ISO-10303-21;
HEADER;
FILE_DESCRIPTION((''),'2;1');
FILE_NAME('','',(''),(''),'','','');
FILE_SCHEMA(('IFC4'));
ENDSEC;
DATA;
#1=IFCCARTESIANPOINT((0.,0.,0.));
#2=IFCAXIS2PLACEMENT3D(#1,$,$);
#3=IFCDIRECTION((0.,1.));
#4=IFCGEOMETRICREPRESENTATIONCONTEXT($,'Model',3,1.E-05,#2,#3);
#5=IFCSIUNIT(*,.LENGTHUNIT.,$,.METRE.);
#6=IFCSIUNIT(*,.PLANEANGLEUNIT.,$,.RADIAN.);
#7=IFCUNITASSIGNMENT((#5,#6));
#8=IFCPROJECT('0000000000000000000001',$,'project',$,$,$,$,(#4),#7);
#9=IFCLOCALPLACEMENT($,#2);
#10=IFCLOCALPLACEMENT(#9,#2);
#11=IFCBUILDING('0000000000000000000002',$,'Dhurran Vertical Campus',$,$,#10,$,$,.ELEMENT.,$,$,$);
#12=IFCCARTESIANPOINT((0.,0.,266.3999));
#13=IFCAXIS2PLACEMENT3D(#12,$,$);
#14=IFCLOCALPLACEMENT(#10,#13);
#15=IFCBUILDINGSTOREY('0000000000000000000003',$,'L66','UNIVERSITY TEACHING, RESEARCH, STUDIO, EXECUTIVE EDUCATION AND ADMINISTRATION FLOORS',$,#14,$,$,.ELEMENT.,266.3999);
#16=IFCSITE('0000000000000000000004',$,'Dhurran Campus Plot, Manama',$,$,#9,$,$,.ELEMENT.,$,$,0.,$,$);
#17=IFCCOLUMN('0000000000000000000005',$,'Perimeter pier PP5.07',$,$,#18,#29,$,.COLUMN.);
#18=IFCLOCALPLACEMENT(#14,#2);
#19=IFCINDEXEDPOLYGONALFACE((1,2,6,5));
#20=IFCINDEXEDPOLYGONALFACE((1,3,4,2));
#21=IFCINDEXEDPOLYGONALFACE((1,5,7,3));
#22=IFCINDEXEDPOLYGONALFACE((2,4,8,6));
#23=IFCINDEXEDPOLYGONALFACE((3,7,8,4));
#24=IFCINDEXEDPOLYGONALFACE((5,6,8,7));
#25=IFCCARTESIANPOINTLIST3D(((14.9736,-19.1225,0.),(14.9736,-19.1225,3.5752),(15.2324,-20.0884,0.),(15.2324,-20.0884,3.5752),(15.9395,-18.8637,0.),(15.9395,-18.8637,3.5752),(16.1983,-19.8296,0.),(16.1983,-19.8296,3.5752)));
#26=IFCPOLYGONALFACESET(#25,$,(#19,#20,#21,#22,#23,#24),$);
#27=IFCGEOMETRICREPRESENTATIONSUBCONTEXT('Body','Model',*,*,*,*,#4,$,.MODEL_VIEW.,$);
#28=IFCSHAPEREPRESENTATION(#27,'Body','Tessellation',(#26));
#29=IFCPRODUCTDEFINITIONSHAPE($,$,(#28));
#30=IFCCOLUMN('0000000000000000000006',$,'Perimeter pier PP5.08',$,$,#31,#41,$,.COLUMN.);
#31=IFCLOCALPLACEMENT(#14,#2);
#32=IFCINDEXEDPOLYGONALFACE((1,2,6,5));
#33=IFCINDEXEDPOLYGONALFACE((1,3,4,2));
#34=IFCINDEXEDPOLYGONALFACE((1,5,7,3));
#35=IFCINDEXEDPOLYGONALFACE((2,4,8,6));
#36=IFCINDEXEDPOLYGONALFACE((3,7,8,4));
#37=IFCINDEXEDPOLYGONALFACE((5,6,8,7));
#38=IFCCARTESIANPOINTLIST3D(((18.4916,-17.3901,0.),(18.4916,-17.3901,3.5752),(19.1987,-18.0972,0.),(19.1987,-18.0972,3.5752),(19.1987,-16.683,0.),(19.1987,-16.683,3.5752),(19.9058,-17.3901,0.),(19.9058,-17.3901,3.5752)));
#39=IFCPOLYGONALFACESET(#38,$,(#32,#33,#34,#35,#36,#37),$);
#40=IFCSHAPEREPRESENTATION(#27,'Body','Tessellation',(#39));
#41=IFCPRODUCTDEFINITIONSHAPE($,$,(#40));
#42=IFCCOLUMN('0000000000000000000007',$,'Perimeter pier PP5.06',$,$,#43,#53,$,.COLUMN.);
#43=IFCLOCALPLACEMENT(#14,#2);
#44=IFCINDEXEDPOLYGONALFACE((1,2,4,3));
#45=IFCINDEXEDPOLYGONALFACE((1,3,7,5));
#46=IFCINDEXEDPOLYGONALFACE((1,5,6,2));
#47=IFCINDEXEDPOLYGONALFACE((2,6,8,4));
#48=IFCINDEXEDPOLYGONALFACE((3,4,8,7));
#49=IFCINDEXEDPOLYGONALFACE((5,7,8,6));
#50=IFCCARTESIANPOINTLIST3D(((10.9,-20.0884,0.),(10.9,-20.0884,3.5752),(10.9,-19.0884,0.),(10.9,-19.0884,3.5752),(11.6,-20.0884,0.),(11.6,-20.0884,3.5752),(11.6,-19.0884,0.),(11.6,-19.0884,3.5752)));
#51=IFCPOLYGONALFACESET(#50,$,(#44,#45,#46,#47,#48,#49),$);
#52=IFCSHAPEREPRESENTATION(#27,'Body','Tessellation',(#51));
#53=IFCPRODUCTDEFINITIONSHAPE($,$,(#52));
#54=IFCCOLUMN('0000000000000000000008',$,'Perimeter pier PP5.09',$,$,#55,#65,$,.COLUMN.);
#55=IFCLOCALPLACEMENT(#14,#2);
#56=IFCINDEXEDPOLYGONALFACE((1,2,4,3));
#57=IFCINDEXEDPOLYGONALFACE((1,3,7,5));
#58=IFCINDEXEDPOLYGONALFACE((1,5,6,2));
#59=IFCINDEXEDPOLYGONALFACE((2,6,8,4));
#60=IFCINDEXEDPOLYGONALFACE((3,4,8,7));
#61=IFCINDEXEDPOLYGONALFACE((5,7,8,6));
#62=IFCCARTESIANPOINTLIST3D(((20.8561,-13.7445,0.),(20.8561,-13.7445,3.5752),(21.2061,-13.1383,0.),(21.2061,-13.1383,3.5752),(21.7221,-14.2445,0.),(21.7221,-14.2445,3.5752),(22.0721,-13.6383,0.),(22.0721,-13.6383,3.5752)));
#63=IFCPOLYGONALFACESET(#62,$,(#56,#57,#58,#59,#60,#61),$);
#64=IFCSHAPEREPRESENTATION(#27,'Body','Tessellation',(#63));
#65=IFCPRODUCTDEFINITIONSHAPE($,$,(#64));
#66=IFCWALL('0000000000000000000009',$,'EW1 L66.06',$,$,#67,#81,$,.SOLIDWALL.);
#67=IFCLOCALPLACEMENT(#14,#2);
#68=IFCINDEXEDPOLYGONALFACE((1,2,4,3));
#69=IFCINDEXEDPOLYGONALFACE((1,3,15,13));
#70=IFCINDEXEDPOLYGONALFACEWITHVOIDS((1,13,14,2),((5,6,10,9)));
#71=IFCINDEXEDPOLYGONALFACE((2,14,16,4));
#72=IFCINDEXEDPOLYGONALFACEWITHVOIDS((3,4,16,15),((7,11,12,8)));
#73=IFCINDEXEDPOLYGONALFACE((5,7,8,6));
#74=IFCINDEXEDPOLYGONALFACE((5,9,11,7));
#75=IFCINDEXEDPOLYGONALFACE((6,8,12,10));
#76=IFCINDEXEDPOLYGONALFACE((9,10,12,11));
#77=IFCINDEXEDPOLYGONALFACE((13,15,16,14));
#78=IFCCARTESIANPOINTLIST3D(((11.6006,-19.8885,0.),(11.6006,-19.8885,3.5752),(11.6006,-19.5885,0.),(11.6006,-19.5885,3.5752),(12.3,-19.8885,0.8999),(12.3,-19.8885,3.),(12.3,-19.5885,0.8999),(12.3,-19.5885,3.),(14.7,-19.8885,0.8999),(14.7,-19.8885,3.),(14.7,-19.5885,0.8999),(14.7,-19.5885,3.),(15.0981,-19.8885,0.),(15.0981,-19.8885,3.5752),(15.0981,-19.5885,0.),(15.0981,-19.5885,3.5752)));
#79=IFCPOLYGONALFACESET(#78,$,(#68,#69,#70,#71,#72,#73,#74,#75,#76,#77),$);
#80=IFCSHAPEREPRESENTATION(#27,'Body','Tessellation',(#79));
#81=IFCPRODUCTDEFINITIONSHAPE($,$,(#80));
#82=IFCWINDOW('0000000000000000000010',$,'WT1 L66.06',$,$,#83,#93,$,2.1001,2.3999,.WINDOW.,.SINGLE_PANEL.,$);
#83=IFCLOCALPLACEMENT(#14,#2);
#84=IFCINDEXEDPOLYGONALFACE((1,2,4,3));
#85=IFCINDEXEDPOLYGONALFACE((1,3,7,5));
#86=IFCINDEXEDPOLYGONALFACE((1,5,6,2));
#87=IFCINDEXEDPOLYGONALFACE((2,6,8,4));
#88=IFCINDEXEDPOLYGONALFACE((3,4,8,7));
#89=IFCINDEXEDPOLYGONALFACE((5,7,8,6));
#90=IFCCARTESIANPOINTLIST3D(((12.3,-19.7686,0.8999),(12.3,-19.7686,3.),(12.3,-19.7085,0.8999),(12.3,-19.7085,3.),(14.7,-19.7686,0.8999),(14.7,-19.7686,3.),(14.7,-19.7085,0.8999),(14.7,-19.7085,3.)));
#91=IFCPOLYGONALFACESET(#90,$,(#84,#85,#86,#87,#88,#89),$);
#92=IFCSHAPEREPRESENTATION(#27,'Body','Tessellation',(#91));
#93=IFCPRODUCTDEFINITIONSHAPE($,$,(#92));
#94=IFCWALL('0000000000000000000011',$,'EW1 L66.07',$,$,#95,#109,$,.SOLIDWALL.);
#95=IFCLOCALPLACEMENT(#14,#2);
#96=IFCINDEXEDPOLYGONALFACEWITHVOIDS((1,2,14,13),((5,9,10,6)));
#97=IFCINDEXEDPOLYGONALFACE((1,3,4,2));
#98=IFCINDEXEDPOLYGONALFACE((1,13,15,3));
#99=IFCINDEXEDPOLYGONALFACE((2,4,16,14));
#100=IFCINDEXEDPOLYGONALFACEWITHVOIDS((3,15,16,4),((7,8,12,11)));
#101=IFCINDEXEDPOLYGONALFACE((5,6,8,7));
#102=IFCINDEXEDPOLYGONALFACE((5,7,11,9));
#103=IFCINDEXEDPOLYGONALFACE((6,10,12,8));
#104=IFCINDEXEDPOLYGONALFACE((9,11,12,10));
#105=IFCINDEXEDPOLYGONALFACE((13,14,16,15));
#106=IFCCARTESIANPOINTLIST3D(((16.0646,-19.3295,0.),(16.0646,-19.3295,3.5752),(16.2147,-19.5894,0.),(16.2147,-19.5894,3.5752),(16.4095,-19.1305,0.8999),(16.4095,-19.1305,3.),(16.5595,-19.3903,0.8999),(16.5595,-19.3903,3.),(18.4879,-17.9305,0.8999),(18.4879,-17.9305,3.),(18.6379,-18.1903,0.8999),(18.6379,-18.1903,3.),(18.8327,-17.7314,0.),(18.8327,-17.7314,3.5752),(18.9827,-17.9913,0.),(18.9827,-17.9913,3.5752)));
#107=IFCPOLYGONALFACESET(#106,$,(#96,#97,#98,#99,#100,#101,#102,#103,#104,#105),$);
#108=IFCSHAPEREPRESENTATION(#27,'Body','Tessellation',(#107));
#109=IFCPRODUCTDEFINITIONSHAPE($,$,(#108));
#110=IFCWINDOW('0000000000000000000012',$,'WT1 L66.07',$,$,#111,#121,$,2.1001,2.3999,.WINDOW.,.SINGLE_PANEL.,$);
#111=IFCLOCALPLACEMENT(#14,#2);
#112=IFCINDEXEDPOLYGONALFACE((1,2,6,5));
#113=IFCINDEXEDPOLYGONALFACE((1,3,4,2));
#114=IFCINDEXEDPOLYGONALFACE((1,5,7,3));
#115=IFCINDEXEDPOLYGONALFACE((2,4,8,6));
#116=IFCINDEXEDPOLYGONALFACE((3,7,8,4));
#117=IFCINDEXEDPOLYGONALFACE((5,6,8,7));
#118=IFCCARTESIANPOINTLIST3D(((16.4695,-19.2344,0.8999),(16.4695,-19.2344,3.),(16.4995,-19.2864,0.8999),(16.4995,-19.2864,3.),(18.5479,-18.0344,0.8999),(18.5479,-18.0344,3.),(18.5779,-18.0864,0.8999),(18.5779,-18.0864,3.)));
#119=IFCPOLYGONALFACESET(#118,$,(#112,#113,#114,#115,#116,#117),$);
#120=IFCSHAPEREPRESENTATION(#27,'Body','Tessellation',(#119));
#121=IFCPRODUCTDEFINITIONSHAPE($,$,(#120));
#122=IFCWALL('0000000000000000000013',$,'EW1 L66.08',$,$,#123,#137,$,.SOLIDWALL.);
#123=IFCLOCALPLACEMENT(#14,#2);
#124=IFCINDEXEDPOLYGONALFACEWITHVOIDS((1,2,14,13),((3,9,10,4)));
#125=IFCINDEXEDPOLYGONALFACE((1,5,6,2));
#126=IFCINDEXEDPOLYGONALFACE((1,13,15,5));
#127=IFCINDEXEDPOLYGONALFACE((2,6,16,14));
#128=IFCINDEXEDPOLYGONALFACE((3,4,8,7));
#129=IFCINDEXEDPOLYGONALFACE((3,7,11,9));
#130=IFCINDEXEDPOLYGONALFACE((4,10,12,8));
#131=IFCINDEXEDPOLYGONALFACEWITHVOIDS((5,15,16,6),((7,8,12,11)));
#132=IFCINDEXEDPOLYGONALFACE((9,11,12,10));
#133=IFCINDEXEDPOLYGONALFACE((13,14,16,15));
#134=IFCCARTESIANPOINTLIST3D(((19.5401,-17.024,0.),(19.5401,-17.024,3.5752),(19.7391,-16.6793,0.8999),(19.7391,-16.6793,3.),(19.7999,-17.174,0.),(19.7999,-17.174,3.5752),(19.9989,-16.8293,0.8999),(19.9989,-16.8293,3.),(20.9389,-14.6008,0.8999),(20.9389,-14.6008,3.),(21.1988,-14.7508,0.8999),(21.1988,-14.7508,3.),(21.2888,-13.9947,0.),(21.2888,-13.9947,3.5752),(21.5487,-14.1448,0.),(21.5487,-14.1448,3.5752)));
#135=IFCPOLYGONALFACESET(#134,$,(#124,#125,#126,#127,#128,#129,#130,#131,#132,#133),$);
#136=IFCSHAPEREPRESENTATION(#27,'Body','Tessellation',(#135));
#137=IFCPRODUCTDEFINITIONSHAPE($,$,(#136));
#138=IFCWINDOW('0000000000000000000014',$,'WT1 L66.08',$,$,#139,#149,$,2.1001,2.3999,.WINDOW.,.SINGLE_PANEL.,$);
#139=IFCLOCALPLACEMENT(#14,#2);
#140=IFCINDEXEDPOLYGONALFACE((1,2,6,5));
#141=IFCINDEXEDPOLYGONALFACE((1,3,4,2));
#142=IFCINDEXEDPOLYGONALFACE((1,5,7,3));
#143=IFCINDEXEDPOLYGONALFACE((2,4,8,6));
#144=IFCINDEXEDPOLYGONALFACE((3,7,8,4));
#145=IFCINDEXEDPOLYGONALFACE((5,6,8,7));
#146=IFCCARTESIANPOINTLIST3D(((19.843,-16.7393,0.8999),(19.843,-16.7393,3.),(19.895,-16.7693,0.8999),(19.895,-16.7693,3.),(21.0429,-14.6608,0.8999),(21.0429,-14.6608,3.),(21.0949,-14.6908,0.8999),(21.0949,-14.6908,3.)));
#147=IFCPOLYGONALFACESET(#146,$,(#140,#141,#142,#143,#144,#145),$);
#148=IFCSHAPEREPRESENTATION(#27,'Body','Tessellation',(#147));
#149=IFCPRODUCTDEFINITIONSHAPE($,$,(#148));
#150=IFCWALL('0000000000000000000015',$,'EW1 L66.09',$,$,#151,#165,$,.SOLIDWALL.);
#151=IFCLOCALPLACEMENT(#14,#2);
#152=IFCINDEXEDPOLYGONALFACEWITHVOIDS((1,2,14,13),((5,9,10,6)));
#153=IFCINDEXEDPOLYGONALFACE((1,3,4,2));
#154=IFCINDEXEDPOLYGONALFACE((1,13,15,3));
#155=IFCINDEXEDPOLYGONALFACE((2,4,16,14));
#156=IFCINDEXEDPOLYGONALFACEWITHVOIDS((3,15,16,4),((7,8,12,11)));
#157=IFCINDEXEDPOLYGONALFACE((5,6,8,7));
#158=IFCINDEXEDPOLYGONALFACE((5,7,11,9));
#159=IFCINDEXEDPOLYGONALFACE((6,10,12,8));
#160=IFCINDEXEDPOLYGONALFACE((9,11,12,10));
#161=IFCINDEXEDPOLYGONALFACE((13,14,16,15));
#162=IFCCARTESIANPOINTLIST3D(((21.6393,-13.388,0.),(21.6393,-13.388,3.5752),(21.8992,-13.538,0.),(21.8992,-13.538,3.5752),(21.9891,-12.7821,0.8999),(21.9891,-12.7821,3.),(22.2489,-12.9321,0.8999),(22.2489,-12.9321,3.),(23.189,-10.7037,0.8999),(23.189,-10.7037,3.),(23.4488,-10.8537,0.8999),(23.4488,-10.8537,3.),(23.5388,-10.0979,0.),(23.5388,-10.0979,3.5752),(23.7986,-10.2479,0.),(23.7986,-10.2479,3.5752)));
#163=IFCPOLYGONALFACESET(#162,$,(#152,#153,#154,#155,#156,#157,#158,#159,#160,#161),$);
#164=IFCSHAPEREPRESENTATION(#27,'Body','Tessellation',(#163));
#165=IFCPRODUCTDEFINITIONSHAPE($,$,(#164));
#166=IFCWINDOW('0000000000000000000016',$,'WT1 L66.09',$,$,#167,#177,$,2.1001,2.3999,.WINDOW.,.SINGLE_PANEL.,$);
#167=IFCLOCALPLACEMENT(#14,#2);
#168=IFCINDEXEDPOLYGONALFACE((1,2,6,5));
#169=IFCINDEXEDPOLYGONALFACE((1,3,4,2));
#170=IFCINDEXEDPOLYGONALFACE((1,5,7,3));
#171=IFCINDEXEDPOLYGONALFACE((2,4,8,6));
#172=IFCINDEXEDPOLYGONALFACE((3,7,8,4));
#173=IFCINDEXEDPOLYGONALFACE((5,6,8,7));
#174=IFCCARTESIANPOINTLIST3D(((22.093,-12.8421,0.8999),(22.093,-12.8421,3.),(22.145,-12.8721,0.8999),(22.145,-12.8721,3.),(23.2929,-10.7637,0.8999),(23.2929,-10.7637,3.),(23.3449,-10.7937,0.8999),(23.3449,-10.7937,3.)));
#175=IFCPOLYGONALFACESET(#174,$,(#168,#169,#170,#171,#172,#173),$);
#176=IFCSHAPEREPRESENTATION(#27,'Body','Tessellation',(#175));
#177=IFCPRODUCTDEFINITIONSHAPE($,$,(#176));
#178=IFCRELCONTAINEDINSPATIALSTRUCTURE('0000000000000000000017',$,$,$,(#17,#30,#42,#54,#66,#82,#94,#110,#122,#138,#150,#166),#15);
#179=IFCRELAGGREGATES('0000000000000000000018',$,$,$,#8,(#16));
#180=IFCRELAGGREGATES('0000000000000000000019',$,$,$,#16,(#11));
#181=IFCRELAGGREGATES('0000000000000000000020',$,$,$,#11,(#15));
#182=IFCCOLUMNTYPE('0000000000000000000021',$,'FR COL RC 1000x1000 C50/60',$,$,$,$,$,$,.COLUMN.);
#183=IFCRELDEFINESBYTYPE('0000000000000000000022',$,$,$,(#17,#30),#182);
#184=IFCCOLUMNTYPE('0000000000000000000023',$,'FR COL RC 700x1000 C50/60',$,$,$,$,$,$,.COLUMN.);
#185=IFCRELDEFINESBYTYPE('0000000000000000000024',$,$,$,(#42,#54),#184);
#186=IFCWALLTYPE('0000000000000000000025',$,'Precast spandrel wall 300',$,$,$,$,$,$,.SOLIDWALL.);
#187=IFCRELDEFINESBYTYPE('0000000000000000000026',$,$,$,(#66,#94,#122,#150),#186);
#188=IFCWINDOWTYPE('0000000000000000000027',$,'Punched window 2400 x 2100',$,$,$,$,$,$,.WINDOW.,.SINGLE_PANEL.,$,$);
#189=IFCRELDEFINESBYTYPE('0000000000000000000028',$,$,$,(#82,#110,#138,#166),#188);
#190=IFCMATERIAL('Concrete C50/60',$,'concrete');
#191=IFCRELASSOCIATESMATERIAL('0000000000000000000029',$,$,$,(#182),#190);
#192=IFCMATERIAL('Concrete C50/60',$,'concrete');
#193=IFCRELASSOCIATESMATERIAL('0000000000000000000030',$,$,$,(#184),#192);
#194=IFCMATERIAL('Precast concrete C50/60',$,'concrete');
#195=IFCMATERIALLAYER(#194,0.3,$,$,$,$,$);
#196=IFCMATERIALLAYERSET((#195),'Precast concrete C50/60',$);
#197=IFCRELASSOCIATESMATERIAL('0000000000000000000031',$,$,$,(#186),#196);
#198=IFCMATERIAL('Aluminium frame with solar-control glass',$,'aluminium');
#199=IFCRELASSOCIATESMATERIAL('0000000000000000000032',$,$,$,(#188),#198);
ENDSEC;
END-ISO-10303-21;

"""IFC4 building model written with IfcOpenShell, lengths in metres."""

from ifc_helpers import new_model, si_unit, direction, frame, frame_2d, origin, origin_2d, place, context, subcontext, project, spatial, rectangle, extrude, material, layer, layer_set, material_profile, profile_set, type_object, element, fill, save


model = new_model("IFC4")

# Units and contexts
model_context = context("Model", 3, precision=1e-05, world=origin(), true_north=direction((0.0, 1.0)))
body_context = subcontext(model_context, "Body", "Model", "MODEL_VIEW")
ifc_project = project(units=[si_unit("LENGTHUNIT", "METRE"), si_unit("PLANEANGLEUNIT", "RADIAN")], contexts=[model_context])

# Site, building, storey
site_placement = place(None, origin())
site = spatial("IfcSite", under=ifc_project, at=site_placement, Name="Dhurran Campus Plot, Manama", CompositionType="ELEMENT", RefElevation=0.0)
building_placement = place(site_placement, origin())
building = spatial("IfcBuilding", under=site, at=building_placement, Name="Dhurran Vertical Campus", CompositionType="ELEMENT")
storey_placement = place(building_placement, frame((0.0, 0.0, 266.3999)))
storey = spatial("IfcBuildingStorey", under=building, at=storey_placement, Name="L66", Description="UNIVERSITY TEACHING, RESEARCH, STUDIO, EXECUTIVE EDUCATION AND ADMINISTRATION FLOORS", CompositionType="ELEMENT", Elevation=266.3999)

# Columns
ifc_material_1 = material(Name="Concrete C50/60", Category="concrete")
ifc_material_profile_1 = material_profile(ifc_material_1, rectangle(XDim=1.0, YDim=1.0, at=origin_2d()), Name="RC 1000x1000")
ifc_profile_set_1 = profile_set([ifc_material_profile_1], Name="Concrete C50/60")
column_type_1 = type_object("IfcColumnType", Name="FR COL RC 1000x1000 C50/60", PredefinedType="COLUMN", material=ifc_profile_set_1)
for number, where, z_axis, x_axis, name in (
    (1, (15.5859, -19.4761, 0.0), (0.0, 0.0, 1.0), (0.965926, 0.258819, 0.0), "Perimeter pier PP5.07"),
    (2, (19.1987, -17.3901, 0.0), (0.0, 0.0, 1.0), (0.707107, 0.707107, 0.0), "Perimeter pier PP5.08"),
):
    element("IfcColumn", number, at=place(storey_placement, frame(where, z_axis=z_axis, x_axis=x_axis)), inside=storey, type_object=column_type_1, Name=name, PredefinedType="COLUMN", context=body_context, shape_type="SweptSolid", body=[
        extrude(rectangle(XDim=1.0, YDim=1.0, at=origin_2d()), origin(), (0.0, 0.0, 1.0), 3.5752),
    ])
ifc_material_2 = material(Name="Concrete C50/60", Category="concrete")
ifc_material_profile_2 = material_profile(ifc_material_2, rectangle(XDim=0.7, YDim=1.0, at=origin_2d()), Name="RC 700x1000")
ifc_profile_set_2 = profile_set([ifc_material_profile_2], Name="Concrete C50/60")
column_type_2 = type_object("IfcColumnType", Name="FR COL RC 700x1000 C50/60", PredefinedType="COLUMN", material=ifc_profile_set_2)
for number, where, z_axis, x_axis, name in (
    (3, (11.25, -19.5884, 0.0), (0.0, 0.0, 1.0), (1.0, 0.0, 0.0), "Perimeter pier PP5.06"),
    (4, (21.4641, -13.6914, 0.0), (0.0, 0.0, 1.0), (0.5, 0.866025, 0.0), "Perimeter pier PP5.09"),
):
    element("IfcColumn", number, at=place(storey_placement, frame(where, z_axis=z_axis, x_axis=x_axis)), inside=storey, type_object=column_type_2, Name=name, PredefinedType="COLUMN", context=body_context, shape_type="SweptSolid", body=[
        extrude(rectangle(XDim=0.7, YDim=1.0, at=origin_2d()), origin(), (0.0, 0.0, 1.0), 3.5752),
    ])

# Walls, openings, windows
ifc_material_3 = material(Name="Precast concrete C50/60", Category="concrete")
ifc_layer_1 = layer(ifc_material_3, 0.3)
ifc_layer_set_1 = layer_set([ifc_layer_1], Name="Precast concrete C50/60")
wall_type_1 = type_object("IfcWallType", Name="Precast spandrel wall 300", PredefinedType="SOLIDWALL", material=ifc_layer_set_1)
wall_1_placement = place(storey_placement, frame((11.6006, -19.7385, 0.0), z_axis=(0.0, 0.0, 1.0), x_axis=(1.0, 0.0, 0.0)))
wall_1 = element("IfcWall", 5, at=wall_1_placement, inside=storey, type_object=wall_type_1, Name="EW1 L66.06", PredefinedType="SOLIDWALL", context=body_context, shape_type="SweptSolid", body=[
    extrude(rectangle(XDim=3.4976, YDim=0.3, at=frame_2d((1.7488, 0.0))), origin(), (0.0, 0.0, 1.0), 3.5752),
])
opening_1_placement = place(wall_1_placement, frame((0.6995, 0.0, 0.8999)))
opening_1 = element("IfcOpeningElement", 6, at=opening_1_placement, cuts=wall_1, PredefinedType="OPENING", context=body_context, shape_type="SweptSolid", body=[
    extrude(rectangle(XDim=2.3999, YDim=2.1001, at=frame_2d((1.2, 1.05))), frame((0.0, 0.1599, 0.0), z_axis=(0.0, -1.0, 0.0), x_axis=(1.0, 0.0, 0.0)), (0.0, 0.0, 1.0), 0.3201),
])
ifc_material_4 = material(Name="Aluminium frame with solar-control glass", Category="aluminium")
window_type = type_object("IfcWindowType", Name="Punched window 2400 x 2100", PartitioningType="SINGLE_PANEL", PredefinedType="WINDOW", material=ifc_material_4)
window_1_placement = place(opening_1_placement, origin())
window_1 = element("IfcWindow", 7, at=window_1_placement, inside=storey, type_object=window_type, Name="WT1 L66.06", OverallHeight=2.1001, OverallWidth=2.3999, PartitioningType="SINGLE_PANEL", PredefinedType="WINDOW", context=body_context, shape_type="SweptSolid", body=[
    extrude(rectangle(XDim=2.3999, YDim=2.1001, at=frame_2d((1.2, 1.05))), frame((0.0, 0.03, 0.0), z_axis=(0.0, -1.0, 0.0), x_axis=(1.0, 0.0, 0.0)), (0.0, 0.0, 1.0), 0.0601),
])
fill(opening_1, window_1)
wall_2_placement = place(storey_placement, frame((16.1396, -19.4595, 0.0), z_axis=(0.0, 0.0, 1.0), x_axis=(0.866025, 0.5, 0.0)))
wall_2 = element("IfcWall", 8, at=wall_2_placement, inside=storey, type_object=wall_type_1, Name="EW1 L66.07", PredefinedType="SOLIDWALL", context=body_context, shape_type="SweptSolid", body=[
    extrude(rectangle(XDim=3.1963, YDim=0.3, at=frame_2d((1.5981, 0.0))), origin(), (0.0, 0.0, 1.0), 3.5752),
])
opening_2_placement = place(wall_2_placement, frame((0.3982, 0.0, 0.8999)))
opening_2 = element("IfcOpeningElement", 9, at=opening_2_placement, cuts=wall_2, PredefinedType="OPENING", context=body_context, shape_type="SweptSolid", body=[
    extrude(rectangle(XDim=2.3999, YDim=2.1001, at=frame_2d((1.2, 1.05))), frame((0.0, 0.1599, 0.0), z_axis=(0.0, -1.0, 0.0), x_axis=(1.0, 0.0, 0.0)), (0.0, 0.0, 1.0), 0.3201),
])
window_2_placement = place(opening_2_placement, origin())
window_2 = element("IfcWindow", 10, at=window_2_placement, inside=storey, type_object=window_type, Name="WT1 L66.07", OverallHeight=2.1001, OverallWidth=2.3999, PartitioningType="SINGLE_PANEL", PredefinedType="WINDOW", context=body_context, shape_type="SweptSolid", body=[
    extrude(rectangle(XDim=2.3999, YDim=2.1001, at=frame_2d((1.2, 1.05))), frame((0.0, 0.03, 0.0), z_axis=(0.0, -1.0, 0.0), x_axis=(1.0, 0.0, 0.0)), (0.0, 0.0, 1.0), 0.0601),
])
fill(opening_2, window_2)
wall_3_placement = place(storey_placement, frame((19.6699, -17.0991, 0.0), z_axis=(0.0, 0.0, 1.0), x_axis=(0.49996, 0.866048, 0.0)))
wall_3 = element("IfcWall", 11, at=wall_3_placement, inside=storey, type_object=wall_type_1, Name="EW1 L66.08", PredefinedType="SOLIDWALL", context=body_context, shape_type="SweptSolid", body=[
    extrude(rectangle(XDim=3.4978, YDim=0.3, at=frame_2d((1.749, 0.0))), origin(), (0.0, 0.0, 1.0), 3.5752),
])
opening_3_placement = place(wall_3_placement, frame((0.3982, 0.0, 0.8999)))
opening_3 = element("IfcOpeningElement", 12, at=opening_3_placement, cuts=wall_3, PredefinedType="OPENING", context=body_context, shape_type="SweptSolid", body=[
    extrude(rectangle(XDim=2.3999, YDim=2.1001, at=frame_2d((1.2, 1.05))), frame((0.0, 0.1599, 0.0), z_axis=(0.0, -1.0, 0.0), x_axis=(1.0, 0.0, 0.0)), (0.0, 0.0, 1.0), 0.3201),
])
window_3_placement = place(opening_3_placement, origin())
window_3 = element("IfcWindow", 13, at=window_3_placement, inside=storey, type_object=window_type, Name="WT1 L66.08", OverallHeight=2.1001, OverallWidth=2.3999, PartitioningType="SINGLE_PANEL", PredefinedType="WINDOW", context=body_context, shape_type="SweptSolid", body=[
    extrude(rectangle(XDim=2.3999, YDim=2.1001, at=frame_2d((1.2, 1.05))), frame((0.0, 0.03, 0.0), z_axis=(0.0, -1.0, 0.0), x_axis=(1.0, 0.0, 0.0)), (0.0, 0.0, 1.0), 0.0601),
])
fill(opening_3, window_3)
wall_4_placement = place(storey_placement, frame((21.7693, -13.4629, 0.0), z_axis=(0.0, 0.0, 1.0), x_axis=(0.499982, 0.866036, 0.0)))
wall_4 = element("IfcWall", 14, at=wall_4_placement, inside=storey, type_object=wall_type_1, Name="EW1 L66.09", PredefinedType="SOLIDWALL", context=body_context, shape_type="SweptSolid", body=[
    extrude(rectangle(XDim=3.7991, YDim=0.3, at=frame_2d((1.8994, 0.0))), origin(), (0.0, 0.0, 1.0), 3.5752),
])
opening_4_placement = place(wall_4_placement, frame((0.6995, 0.0, 0.8999)))
opening_4 = element("IfcOpeningElement", 15, at=opening_4_placement, cuts=wall_4, PredefinedType="OPENING", context=body_context, shape_type="SweptSolid", body=[
    extrude(rectangle(XDim=2.3999, YDim=2.1001, at=frame_2d((1.2, 1.05))), frame((0.0, 0.1599, 0.0), z_axis=(0.0, -1.0, 0.0), x_axis=(1.0, 0.0, 0.0)), (0.0, 0.0, 1.0), 0.3201),
])
window_4_placement = place(opening_4_placement, origin())
window_4 = element("IfcWindow", 16, at=window_4_placement, inside=storey, type_object=window_type, Name="WT1 L66.09", OverallHeight=2.1001, OverallWidth=2.3999, PartitioningType="SINGLE_PANEL", PredefinedType="WINDOW", context=body_context, shape_type="SweptSolid", body=[
    extrude(rectangle(XDim=2.3999, YDim=2.1001, at=frame_2d((1.2, 1.05))), frame((0.0, 0.03, 0.0), z_axis=(0.0, -1.0, 0.0), x_axis=(1.0, 0.0, 0.0)), (0.0, 0.0, 1.0), 0.0601),
])
fill(opening_4, window_4)

save(model, "model.ifc")
